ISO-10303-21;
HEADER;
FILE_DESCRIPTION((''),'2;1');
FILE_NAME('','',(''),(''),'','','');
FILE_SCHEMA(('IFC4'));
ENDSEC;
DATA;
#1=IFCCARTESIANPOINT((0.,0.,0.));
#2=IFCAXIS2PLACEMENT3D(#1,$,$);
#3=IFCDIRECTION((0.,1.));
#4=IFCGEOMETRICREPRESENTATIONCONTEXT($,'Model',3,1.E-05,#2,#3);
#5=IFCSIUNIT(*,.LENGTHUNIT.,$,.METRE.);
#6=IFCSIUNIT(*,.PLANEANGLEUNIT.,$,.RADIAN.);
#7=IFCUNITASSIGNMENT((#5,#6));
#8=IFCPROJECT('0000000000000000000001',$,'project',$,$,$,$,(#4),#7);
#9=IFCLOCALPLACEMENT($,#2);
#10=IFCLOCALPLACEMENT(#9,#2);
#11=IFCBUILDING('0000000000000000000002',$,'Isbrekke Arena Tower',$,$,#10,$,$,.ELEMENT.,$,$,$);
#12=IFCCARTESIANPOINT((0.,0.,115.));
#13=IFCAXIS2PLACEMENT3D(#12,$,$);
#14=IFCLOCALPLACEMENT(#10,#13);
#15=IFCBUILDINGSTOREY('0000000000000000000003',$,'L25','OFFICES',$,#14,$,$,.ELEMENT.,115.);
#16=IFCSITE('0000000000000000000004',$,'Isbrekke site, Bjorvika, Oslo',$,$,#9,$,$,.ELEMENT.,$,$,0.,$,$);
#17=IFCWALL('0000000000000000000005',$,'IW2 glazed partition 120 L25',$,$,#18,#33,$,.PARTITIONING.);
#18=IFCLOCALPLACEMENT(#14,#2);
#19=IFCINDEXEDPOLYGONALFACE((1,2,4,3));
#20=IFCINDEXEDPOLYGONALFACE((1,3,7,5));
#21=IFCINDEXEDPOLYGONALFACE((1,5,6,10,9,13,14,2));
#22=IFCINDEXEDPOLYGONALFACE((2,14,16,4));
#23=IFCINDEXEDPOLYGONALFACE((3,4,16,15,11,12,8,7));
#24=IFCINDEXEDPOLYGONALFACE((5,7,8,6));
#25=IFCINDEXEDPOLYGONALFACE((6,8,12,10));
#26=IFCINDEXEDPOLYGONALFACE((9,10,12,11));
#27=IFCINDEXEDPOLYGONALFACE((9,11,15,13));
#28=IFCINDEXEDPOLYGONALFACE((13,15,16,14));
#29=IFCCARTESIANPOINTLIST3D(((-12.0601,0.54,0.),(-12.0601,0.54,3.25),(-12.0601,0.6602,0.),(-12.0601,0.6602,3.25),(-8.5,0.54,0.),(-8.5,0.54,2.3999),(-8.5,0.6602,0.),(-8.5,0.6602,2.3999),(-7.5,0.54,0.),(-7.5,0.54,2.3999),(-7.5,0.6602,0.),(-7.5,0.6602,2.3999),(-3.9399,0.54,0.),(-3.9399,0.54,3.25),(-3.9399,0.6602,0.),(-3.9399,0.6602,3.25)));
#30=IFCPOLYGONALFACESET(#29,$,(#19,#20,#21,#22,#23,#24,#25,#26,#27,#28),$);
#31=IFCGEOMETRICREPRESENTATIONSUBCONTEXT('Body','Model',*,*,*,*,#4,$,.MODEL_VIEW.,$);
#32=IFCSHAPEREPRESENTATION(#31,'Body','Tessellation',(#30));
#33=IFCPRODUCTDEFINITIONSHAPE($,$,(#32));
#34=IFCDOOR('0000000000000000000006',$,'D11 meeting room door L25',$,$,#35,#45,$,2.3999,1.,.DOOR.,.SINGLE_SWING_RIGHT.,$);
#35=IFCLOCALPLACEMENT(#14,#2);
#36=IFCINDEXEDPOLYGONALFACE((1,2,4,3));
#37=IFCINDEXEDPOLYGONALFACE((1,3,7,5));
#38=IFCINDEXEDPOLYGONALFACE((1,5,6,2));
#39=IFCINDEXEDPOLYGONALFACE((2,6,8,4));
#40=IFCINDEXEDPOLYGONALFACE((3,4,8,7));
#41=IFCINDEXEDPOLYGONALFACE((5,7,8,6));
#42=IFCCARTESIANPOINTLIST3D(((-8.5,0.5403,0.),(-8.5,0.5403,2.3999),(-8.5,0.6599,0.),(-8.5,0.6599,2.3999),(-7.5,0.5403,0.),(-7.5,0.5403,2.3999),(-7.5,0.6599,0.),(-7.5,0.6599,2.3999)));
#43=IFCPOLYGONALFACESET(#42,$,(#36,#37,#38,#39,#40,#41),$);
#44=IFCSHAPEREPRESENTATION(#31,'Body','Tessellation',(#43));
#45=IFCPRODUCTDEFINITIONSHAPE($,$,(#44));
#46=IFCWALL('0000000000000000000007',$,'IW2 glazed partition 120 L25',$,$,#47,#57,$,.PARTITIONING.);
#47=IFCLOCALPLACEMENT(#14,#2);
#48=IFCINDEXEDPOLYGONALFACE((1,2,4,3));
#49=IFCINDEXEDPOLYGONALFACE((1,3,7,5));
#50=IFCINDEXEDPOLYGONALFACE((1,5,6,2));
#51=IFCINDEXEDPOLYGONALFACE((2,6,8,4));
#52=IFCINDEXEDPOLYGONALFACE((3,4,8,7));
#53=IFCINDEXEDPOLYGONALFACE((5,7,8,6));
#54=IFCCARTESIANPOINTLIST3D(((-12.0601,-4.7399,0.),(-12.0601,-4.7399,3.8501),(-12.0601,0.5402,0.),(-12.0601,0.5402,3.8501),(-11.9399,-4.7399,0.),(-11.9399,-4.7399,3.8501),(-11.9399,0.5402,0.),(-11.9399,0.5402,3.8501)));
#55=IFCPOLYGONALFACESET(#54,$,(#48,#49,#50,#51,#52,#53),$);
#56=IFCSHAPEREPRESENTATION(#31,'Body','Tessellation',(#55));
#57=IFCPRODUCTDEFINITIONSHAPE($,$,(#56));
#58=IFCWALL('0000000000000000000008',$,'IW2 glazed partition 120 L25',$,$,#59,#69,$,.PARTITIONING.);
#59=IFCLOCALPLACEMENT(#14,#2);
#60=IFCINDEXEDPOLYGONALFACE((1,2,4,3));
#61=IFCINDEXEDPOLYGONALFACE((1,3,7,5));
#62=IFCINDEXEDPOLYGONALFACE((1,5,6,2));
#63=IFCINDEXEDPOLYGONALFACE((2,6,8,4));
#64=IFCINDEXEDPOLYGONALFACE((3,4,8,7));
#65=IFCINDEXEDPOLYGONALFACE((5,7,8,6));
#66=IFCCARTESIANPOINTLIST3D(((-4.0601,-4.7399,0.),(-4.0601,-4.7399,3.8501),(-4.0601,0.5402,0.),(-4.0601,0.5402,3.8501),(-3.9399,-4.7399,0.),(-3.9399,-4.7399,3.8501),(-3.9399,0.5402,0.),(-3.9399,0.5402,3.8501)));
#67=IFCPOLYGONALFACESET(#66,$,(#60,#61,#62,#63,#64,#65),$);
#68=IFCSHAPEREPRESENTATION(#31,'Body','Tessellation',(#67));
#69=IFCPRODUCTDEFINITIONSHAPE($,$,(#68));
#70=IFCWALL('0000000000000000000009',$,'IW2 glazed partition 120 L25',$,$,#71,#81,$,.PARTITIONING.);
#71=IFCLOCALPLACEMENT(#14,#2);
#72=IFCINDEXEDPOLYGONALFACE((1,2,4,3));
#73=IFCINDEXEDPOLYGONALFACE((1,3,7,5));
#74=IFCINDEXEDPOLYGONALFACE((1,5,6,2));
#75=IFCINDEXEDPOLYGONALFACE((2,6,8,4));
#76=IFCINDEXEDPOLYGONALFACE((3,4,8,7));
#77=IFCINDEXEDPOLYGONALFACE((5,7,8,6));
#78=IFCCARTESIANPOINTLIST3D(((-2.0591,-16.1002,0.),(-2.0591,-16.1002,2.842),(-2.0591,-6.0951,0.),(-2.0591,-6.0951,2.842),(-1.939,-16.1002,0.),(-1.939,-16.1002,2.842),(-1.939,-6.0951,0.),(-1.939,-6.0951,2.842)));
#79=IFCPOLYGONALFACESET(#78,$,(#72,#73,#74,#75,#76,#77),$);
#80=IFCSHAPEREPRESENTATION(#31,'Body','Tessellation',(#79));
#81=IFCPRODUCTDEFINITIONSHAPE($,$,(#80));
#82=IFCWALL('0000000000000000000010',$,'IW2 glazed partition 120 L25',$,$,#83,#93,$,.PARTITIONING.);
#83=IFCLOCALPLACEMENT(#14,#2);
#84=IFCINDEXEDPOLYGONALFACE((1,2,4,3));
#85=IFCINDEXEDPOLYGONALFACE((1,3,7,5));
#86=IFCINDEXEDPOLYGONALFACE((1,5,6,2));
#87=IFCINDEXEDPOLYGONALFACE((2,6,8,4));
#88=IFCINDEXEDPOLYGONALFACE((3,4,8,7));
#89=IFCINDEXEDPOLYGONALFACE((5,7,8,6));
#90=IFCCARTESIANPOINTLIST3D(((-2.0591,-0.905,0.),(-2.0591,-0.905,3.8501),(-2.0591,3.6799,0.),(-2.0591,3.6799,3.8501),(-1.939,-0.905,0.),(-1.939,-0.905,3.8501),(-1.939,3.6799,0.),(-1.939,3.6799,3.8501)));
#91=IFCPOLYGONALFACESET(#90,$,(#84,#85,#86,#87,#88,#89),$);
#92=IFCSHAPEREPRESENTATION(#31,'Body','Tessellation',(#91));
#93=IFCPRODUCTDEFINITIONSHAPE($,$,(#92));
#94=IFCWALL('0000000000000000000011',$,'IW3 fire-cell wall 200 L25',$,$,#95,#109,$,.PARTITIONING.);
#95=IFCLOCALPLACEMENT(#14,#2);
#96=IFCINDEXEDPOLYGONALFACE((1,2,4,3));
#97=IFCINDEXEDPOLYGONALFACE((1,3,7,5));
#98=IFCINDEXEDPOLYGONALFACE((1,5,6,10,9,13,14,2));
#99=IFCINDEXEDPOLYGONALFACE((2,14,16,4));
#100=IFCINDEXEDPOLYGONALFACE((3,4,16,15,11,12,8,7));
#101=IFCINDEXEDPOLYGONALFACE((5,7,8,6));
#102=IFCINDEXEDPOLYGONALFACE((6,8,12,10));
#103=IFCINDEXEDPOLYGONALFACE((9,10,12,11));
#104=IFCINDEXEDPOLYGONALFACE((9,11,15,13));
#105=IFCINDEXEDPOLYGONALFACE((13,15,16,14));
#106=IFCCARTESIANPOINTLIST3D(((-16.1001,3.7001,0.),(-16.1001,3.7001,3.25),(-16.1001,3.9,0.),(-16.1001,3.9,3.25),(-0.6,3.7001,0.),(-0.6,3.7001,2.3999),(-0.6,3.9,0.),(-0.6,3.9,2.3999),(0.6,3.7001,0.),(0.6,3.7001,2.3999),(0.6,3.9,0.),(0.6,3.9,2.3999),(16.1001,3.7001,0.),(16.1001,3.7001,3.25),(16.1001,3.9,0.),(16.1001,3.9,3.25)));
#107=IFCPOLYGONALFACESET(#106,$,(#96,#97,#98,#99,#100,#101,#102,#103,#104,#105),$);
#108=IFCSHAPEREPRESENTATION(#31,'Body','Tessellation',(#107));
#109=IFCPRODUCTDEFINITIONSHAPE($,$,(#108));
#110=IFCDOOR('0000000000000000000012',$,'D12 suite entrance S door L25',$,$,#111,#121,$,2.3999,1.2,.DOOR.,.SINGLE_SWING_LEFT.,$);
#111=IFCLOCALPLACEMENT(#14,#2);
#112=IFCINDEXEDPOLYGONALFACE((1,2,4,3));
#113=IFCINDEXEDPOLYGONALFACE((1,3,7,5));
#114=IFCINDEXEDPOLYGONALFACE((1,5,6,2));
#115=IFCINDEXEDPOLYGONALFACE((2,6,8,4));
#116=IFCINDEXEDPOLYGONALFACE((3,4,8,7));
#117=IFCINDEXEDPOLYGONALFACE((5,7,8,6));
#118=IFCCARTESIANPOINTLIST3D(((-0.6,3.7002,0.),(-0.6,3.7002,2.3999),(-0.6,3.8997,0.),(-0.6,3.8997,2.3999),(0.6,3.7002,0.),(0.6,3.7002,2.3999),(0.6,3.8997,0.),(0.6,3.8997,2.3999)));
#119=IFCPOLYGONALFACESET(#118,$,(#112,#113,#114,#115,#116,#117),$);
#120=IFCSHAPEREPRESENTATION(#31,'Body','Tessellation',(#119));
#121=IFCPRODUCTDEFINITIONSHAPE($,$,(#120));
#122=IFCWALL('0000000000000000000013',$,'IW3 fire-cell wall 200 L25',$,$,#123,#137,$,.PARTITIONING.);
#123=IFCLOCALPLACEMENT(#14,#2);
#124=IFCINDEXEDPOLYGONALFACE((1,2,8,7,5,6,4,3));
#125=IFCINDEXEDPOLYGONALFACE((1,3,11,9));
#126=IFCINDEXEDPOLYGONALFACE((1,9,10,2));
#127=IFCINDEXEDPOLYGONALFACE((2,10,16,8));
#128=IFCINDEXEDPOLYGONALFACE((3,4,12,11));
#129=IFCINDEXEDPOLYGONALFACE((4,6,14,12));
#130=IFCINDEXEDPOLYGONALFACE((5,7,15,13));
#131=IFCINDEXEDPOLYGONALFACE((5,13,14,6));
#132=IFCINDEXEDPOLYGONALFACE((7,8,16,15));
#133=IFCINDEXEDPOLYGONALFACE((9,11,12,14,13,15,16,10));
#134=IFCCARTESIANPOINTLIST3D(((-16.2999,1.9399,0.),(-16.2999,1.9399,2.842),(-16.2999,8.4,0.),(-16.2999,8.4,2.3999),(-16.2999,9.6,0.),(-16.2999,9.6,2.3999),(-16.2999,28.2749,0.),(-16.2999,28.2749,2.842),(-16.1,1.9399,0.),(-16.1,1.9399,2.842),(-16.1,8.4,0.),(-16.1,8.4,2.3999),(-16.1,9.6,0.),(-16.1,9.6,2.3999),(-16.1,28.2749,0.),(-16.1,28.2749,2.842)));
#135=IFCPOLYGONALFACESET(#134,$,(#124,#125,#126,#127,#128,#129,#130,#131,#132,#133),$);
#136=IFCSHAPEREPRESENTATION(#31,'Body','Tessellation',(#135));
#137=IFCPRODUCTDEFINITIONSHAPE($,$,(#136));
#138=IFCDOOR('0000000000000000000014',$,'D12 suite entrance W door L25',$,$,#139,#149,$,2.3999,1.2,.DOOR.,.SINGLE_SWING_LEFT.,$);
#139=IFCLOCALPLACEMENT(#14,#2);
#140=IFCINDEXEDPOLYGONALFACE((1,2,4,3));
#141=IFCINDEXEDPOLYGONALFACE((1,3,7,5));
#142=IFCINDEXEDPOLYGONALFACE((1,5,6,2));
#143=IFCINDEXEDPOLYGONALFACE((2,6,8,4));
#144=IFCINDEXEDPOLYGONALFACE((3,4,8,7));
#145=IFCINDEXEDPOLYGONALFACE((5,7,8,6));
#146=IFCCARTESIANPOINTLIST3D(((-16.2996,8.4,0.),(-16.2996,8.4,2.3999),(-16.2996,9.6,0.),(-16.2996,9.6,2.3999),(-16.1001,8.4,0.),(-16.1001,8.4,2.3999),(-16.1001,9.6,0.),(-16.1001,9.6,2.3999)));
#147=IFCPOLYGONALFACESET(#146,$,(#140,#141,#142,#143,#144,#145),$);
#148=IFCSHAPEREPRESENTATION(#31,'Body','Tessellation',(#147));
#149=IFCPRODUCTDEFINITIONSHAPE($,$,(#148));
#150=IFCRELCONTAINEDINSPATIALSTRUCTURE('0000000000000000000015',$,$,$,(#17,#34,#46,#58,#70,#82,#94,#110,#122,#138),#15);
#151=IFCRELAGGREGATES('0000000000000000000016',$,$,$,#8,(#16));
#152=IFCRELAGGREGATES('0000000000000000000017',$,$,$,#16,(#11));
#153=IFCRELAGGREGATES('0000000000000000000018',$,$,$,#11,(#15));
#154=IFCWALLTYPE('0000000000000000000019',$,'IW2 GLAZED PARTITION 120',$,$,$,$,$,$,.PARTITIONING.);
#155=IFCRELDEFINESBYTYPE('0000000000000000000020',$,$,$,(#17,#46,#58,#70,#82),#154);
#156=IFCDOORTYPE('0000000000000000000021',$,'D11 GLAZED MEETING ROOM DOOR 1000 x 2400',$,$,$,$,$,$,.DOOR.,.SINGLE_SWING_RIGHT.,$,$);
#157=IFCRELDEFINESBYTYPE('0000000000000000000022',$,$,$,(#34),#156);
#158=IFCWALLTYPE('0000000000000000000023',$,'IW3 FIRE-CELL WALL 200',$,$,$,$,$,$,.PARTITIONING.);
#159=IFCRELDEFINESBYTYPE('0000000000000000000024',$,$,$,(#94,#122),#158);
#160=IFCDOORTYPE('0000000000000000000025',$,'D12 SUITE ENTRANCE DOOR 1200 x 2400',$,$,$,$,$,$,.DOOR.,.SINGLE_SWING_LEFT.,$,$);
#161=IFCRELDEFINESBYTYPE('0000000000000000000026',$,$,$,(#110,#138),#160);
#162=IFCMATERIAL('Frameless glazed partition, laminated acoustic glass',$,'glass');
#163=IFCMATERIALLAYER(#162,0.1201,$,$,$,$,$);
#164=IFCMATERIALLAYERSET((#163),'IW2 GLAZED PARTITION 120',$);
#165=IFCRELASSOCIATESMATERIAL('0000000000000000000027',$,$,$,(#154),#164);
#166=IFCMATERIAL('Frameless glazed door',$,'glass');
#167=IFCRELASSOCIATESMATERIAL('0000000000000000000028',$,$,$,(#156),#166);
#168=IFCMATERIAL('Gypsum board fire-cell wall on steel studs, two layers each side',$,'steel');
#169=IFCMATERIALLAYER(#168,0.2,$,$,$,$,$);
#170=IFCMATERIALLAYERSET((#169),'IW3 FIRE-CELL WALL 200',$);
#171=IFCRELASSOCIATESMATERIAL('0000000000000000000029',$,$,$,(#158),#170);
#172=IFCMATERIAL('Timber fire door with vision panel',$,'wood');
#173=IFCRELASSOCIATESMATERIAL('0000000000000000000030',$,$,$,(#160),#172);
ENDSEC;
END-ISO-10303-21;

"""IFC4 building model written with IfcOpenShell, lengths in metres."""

from ifc_helpers import new_model, si_unit, direction, frame, frame_2d, origin, place, context, subcontext, project, spatial, rectangle, extrude, material, layer, layer_set, type_object, element, fill, save


model = new_model("IFC4")

# Units and contexts
model_context = context("Model", 3, precision=1e-05, world=origin(), true_north=direction((0.0, 1.0)))
body_context = subcontext(model_context, "Body", "Model", "MODEL_VIEW")
ifc_project = project(units=[si_unit("LENGTHUNIT", "METRE"), si_unit("PLANEANGLEUNIT", "RADIAN")], contexts=[model_context])

# Site, building, storey
site_placement = place(None, origin())
site = spatial("IfcSite", under=ifc_project, at=site_placement, Name="Isbrekke site, Bjorvika, Oslo", CompositionType="ELEMENT", RefElevation=0.0)
building_placement = place(site_placement, origin())
building = spatial("IfcBuilding", under=site, at=building_placement, Name="Isbrekke Arena Tower", CompositionType="ELEMENT")
storey_placement = place(building_placement, frame((0.0, 0.0, 115.0)))
storey = spatial("IfcBuildingStorey", under=building, at=storey_placement, Name="L25", Description="OFFICES", CompositionType="ELEMENT", Elevation=115.0)

# Shared definitions
ifc_material_1 = material(Name="Frameless glazed partition, laminated acoustic glass", Category="glass")
ifc_layer_1 = layer(ifc_material_1, 0.1201)
ifc_layer_set_1 = layer_set([ifc_layer_1], Name="IW2 GLAZED PARTITION 120")
wall_type_1 = type_object("IfcWallType", Name="IW2 GLAZED PARTITION 120", PredefinedType="PARTITIONING", material=ifc_layer_set_1)

# Wall, opening, door
wall_1_placement = place(storey_placement, frame((-12.0601, 0.6001, 0.0), z_axis=(0.0, 0.0, 1.0), x_axis=(1.0, 0.0, 0.0)))
wall_1 = element("IfcWall", 1, at=wall_1_placement, inside=storey, type_object=wall_type_1, Name="IW2 glazed partition 120 L25", PredefinedType="PARTITIONING", context=body_context, shape_type="SweptSolid", body=[
    extrude(rectangle(XDim=8.1201, YDim=0.1201, at=frame_2d((4.0601, 0.0))), origin(), (0.0, 0.0, 1.0), 3.25),
])
opening_1_placement = place(wall_1_placement, frame((3.5601, 0.0, 0.0)))
opening_1 = element("IfcOpeningElement", 2, at=opening_1_placement, cuts=wall_1, PredefinedType="OPENING", context=body_context, shape_type="SweptSolid", body=[
    extrude(rectangle(XDim=1.0, YDim=2.3999, at=frame_2d((0.5, 1.2))), frame((0.0, 0.075, 0.0), z_axis=(0.0, -1.0, 0.0), x_axis=(1.0, 0.0, 0.0)), (0.0, 0.0, 1.0), 0.1499),
])
ifc_material_2 = material(Name="Frameless glazed door", Category="glass")
door_type_1 = type_object("IfcDoorType", Name="D11 GLAZED MEETING ROOM DOOR 1000 x 2400", OperationType="SINGLE_SWING_RIGHT", PredefinedType="DOOR", material=ifc_material_2)
door_1_placement = place(opening_1_placement, origin())
door_1 = element("IfcDoor", 3, at=door_1_placement, inside=storey, type_object=door_type_1, Name="D11 meeting room door L25", OperationType="SINGLE_SWING_RIGHT", OverallHeight=2.3999, OverallWidth=1.0, PredefinedType="DOOR", context=body_context, shape_type="SweptSolid", body=[
    extrude(rectangle(XDim=1.0, YDim=2.3999, at=frame_2d((0.5, 1.2))), frame((0.0, 0.0598, 0.0), z_axis=(0.0, -1.0, 0.0), x_axis=(1.0, 0.0, 0.0)), (0.0, 0.0, 1.0), 0.1196),
])
fill(opening_1, door_1)

# Walls
for number, where, z_axis, x_axis, name in (
    (4, (-12.0, -4.74, 0.0), (0.0, 0.0, 1.0), (0.0, 1.0, 0.0), "IW2 glazed partition 120 L25"),
    (5, (-4.0, -4.74, 0.0), (0.0, 0.0, 1.0), (0.0, 1.0, 0.0), "IW2 glazed partition 120 L25"),
):
    element("IfcWall", number, at=place(storey_placement, frame(where, z_axis=z_axis, x_axis=x_axis)), inside=storey, type_object=wall_type_1, Name=name, PredefinedType="PARTITIONING", context=body_context, shape_type="SweptSolid", body=[
        extrude(rectangle(XDim=5.28, YDim=0.1201, at=frame_2d((2.6401, 0.0))), origin(), (0.0, 0.0, 1.0), 3.8501),
    ])
wall_2_placement = place(storey_placement, frame((-1.999, -16.1001, 0.0), z_axis=(0.0, 0.0, 1.0), x_axis=(0.0, 1.0, 0.0)))
element("IfcWall", 6, at=wall_2_placement, inside=storey, type_object=wall_type_1, Name="IW2 glazed partition 120 L25", PredefinedType="PARTITIONING", context=body_context, shape_type="SweptSolid", body=[
    extrude(rectangle(XDim=10.0051, YDim=0.1201, at=frame_2d((5.0024, 0.0))), origin(), (0.0, 0.0, 1.0), 2.842),
])
wall_3_placement = place(storey_placement, frame((-1.999, -0.905, 0.0), z_axis=(0.0, 0.0, 1.0), x_axis=(0.0, 1.0, 0.0)))
element("IfcWall", 7, at=wall_3_placement, inside=storey, type_object=wall_type_1, Name="IW2 glazed partition 120 L25", PredefinedType="PARTITIONING", context=body_context, shape_type="SweptSolid", body=[
    extrude(rectangle(XDim=4.585, YDim=0.1201, at=frame_2d((2.2925, 0.0))), origin(), (0.0, 0.0, 1.0), 3.8501),
])

# Walls, openings, doors
ifc_material_3 = material(Name="Gypsum board fire-cell wall on steel studs, two layers each side", Category="steel")
ifc_layer_2 = layer(ifc_material_3, 0.2)
ifc_layer_set_2 = layer_set([ifc_layer_2], Name="IW3 FIRE-CELL WALL 200")
wall_type_2 = type_object("IfcWallType", Name="IW3 FIRE-CELL WALL 200", PredefinedType="PARTITIONING", material=ifc_layer_set_2)
wall_4_placement = place(storey_placement, frame((-16.1001, 3.8, 0.0), z_axis=(0.0, 0.0, 1.0), x_axis=(1.0, 0.0, 0.0)))
wall_4 = element("IfcWall", 8, at=wall_4_placement, inside=storey, type_object=wall_type_2, Name="IW3 fire-cell wall 200 L25", PredefinedType="PARTITIONING", context=body_context, shape_type="SweptSolid", body=[
    extrude(rectangle(XDim=32.2002, YDim=0.2, at=frame_2d((16.1001, 0.0))), origin(), (0.0, 0.0, 1.0), 3.25),
])
opening_2_placement = place(wall_4_placement, frame((15.5, 0.0, 0.0)))
opening_2 = element("IfcOpeningElement", 9, at=opening_2_placement, cuts=wall_4, PredefinedType="OPENING", context=body_context, shape_type="SweptSolid", body=[
    extrude(rectangle(XDim=1.2, YDim=2.3999, at=frame_2d((0.6001, 1.2))), frame((0.0, 0.1147, 0.0), z_axis=(0.0, -1.0, 0.0), x_axis=(1.0, 0.0, 0.0)), (0.0, 0.0, 1.0), 0.2297),
])
ifc_material_4 = material(Name="Timber fire door with vision panel", Category="wood")
door_type_2 = type_object("IfcDoorType", Name="D12 SUITE ENTRANCE DOOR 1200 x 2400", OperationType="SINGLE_SWING_LEFT", PredefinedType="DOOR", material=ifc_material_4)
door_2_placement = place(opening_2_placement, origin())
door_2 = element("IfcDoor", 10, at=door_2_placement, inside=storey, type_object=door_type_2, Name="D12 suite entrance S door L25", OperationType="SINGLE_SWING_LEFT", OverallHeight=2.3999, OverallWidth=1.2, PredefinedType="DOOR", context=body_context, shape_type="SweptSolid", body=[
    extrude(rectangle(XDim=1.2, YDim=2.3999, at=frame_2d((0.6001, 1.2))), frame((0.0, 0.0996, 0.0), z_axis=(0.0, -1.0, 0.0), x_axis=(1.0, 0.0, 0.0)), (0.0, 0.0, 1.0), 0.1995),
])
fill(opening_2, door_2)
wall_5_placement = place(storey_placement, frame((-16.2, 1.9399, 0.0), z_axis=(0.0, 0.0, 1.0), x_axis=(0.0, 1.0, 0.0)))
wall_5 = element("IfcWall", 11, at=wall_5_placement, inside=storey, type_object=wall_type_2, Name="IW3 fire-cell wall 200 L25", PredefinedType="PARTITIONING", context=body_context, shape_type="SweptSolid", body=[
    extrude(rectangle(XDim=26.335, YDim=0.2, at=frame_2d((13.1675, 0.0))), origin(), (0.0, 0.0, 1.0), 2.842),
])
opening_3_placement = place(wall_5_placement, frame((6.46, 0.0, 0.0)))
opening_3 = element("IfcOpeningElement", 12, at=opening_3_placement, cuts=wall_5, PredefinedType="OPENING", context=body_context, shape_type="SweptSolid", body=[
    extrude(rectangle(XDim=1.2, YDim=2.3999, at=frame_2d((0.6001, 1.2))), frame((0.0, 0.1147, 0.0), z_axis=(0.0, -1.0, 0.0), x_axis=(1.0, 0.0, 0.0)), (0.0, 0.0, 1.0), 0.2297),
])
door_3_placement = place(opening_3_placement, origin())
door_3 = element("IfcDoor", 13, at=door_3_placement, inside=storey, type_object=door_type_2, Name="D12 suite entrance W door L25", OperationType="SINGLE_SWING_LEFT", OverallHeight=2.3999, OverallWidth=1.2, PredefinedType="DOOR", context=body_context, shape_type="SweptSolid", body=[
    extrude(rectangle(XDim=1.2, YDim=2.3999, at=frame_2d((0.6001, 1.2))), frame((0.0, 0.0996, 0.0), z_axis=(0.0, -1.0, 0.0), x_axis=(1.0, 0.0, 0.0)), (0.0, 0.0, 1.0), 0.1995),
])
fill(opening_3, door_3)

save(model, "model.ifc")
